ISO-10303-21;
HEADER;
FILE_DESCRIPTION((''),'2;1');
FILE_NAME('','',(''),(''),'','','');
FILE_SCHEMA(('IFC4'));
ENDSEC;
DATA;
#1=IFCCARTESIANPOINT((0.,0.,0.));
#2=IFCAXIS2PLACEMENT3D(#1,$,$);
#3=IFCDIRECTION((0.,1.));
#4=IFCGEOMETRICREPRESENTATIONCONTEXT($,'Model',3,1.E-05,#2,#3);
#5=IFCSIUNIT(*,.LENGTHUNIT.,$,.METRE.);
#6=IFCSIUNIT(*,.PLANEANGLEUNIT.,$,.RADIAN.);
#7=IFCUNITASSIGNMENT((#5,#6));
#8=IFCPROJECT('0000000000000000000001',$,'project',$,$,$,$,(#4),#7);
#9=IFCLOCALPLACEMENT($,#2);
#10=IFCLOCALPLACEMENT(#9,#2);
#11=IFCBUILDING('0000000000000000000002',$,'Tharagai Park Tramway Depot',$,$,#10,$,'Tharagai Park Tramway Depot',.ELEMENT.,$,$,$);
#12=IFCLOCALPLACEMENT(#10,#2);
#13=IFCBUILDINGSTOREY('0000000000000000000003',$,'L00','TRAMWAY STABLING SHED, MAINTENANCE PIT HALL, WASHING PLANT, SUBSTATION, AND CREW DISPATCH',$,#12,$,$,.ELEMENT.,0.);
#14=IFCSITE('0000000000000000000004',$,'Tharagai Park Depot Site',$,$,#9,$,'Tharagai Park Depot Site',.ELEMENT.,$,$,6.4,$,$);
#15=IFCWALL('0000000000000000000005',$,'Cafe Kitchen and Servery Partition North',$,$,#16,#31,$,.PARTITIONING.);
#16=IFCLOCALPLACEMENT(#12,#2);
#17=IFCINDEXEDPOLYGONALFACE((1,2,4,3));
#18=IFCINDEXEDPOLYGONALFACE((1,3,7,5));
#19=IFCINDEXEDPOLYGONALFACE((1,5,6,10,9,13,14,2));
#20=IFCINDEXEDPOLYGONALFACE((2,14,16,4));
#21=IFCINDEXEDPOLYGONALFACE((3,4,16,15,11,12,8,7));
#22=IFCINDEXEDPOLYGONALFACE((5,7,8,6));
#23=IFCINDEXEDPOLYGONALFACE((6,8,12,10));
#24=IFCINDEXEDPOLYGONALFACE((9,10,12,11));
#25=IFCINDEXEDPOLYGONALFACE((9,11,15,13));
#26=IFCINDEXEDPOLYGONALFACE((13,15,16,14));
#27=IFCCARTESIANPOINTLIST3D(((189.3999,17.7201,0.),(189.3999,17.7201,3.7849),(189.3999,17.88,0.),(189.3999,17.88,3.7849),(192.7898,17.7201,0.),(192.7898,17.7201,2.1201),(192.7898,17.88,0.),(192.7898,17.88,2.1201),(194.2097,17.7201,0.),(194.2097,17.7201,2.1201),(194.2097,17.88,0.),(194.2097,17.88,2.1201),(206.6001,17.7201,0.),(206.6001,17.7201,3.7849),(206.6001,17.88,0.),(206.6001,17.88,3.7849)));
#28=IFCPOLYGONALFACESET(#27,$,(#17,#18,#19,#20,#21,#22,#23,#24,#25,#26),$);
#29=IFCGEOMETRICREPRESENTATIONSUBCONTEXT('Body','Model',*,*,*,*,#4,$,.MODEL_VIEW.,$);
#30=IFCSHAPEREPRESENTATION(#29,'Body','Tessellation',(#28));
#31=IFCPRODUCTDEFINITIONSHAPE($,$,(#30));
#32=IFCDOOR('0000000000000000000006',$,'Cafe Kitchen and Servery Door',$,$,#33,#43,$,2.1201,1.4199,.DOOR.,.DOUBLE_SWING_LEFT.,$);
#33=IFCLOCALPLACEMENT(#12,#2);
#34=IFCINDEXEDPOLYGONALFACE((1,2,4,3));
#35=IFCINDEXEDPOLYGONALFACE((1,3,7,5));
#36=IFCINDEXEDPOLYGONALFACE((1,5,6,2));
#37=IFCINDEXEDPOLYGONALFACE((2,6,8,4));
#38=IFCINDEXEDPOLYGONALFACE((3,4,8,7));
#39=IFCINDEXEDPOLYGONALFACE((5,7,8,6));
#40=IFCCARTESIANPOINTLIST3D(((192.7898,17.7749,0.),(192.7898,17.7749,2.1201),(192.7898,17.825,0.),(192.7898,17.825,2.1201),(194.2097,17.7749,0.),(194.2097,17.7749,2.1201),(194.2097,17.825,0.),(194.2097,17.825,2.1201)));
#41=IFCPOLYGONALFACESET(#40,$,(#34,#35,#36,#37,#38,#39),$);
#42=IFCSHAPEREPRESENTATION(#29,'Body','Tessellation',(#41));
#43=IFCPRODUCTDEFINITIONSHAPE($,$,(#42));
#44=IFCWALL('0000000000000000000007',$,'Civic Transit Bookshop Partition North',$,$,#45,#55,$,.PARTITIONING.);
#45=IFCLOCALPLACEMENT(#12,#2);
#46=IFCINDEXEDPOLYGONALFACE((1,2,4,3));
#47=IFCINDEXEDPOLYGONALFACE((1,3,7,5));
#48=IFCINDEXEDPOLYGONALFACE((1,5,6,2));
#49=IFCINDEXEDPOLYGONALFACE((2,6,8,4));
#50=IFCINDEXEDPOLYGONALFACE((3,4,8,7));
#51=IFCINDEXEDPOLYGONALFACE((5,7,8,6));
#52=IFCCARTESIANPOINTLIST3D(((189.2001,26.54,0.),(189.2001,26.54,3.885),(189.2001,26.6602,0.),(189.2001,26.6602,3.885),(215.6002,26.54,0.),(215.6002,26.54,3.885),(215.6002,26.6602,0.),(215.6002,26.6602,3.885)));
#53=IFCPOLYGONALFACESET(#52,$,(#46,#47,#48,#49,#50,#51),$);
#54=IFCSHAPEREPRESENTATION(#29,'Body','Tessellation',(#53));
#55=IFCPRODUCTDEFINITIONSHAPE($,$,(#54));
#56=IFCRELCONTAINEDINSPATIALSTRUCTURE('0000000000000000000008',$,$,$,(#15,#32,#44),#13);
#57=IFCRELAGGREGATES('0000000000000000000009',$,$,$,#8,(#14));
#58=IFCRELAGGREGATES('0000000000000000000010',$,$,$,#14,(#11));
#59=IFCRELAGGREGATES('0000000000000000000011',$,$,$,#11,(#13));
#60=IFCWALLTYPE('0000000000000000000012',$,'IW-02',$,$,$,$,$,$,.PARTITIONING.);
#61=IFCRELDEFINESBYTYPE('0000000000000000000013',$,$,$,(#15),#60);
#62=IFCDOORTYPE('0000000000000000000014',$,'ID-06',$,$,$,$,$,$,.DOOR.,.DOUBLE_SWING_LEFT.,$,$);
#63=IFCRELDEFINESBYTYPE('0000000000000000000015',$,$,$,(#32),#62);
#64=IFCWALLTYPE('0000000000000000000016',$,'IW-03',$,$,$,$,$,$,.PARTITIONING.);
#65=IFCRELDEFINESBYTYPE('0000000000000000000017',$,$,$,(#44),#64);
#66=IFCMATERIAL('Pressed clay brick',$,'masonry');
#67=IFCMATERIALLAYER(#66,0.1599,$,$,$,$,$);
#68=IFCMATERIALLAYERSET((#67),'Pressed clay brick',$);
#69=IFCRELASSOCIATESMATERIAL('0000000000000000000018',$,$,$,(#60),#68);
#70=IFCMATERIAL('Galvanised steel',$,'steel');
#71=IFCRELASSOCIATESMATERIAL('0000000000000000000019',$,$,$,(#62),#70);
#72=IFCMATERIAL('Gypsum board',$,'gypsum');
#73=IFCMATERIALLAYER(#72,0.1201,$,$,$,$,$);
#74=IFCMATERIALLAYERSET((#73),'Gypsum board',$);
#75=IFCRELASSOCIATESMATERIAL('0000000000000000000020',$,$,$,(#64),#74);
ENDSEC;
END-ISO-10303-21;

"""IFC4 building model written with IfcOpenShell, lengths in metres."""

from ifc_helpers import new_model, si_unit, direction, frame, frame_2d, origin, place, context, subcontext, project, spatial, rectangle, extrude, material, layer, layer_set, type_object, element, fill, save


model = new_model("IFC4")

# Units and contexts
model_context = context("Model", 3, precision=1e-05, world=origin(), true_north=direction((0.0, 1.0)))
body_context = subcontext(model_context, "Body", "Model", "MODEL_VIEW")
ifc_project = project(units=[si_unit("LENGTHUNIT", "METRE"), si_unit("PLANEANGLEUNIT", "RADIAN")], contexts=[model_context])

# Site, building, storey
site_placement = place(None, origin())
site = spatial("IfcSite", under=ifc_project, at=site_placement, Name="Tharagai Park Depot Site", LongName="Tharagai Park Depot Site", CompositionType="ELEMENT", RefElevation=6.4)
building_placement = place(site_placement, origin())
building = spatial("IfcBuilding", under=site, at=building_placement, Name="Tharagai Park Tramway Depot", LongName="Tharagai Park Tramway Depot", CompositionType="ELEMENT")
storey_placement = place(building_placement, origin())
storey = spatial("IfcBuildingStorey", under=building, at=storey_placement, Name="L00", Description="TRAMWAY STABLING SHED, MAINTENANCE PIT HALL, WASHING PLANT, SUBSTATION, AND CREW DISPATCH", CompositionType="ELEMENT", Elevation=0.0)

# Wall, opening, door
ifc_material_1 = material(Name="Pressed clay brick", Category="masonry")
ifc_layer_1 = layer(ifc_material_1, 0.1599)
ifc_layer_set_1 = layer_set([ifc_layer_1], Name="Pressed clay brick")
wall_type_1 = type_object("IfcWallType", Name="IW-02", PredefinedType="PARTITIONING", material=ifc_layer_set_1)
wall_1_placement = place(storey_placement, frame((189.3999, 17.8, 0.0), z_axis=(0.0, 0.0, 1.0), x_axis=(1.0, 0.0, 0.0)))
wall_1 = element("IfcWall", 1, at=wall_1_placement, inside=storey, type_object=wall_type_1, Name="Cafe Kitchen and Servery Partition North", PredefinedType="PARTITIONING", context=body_context, shape_type="SweptSolid", body=[
    extrude(rectangle(XDim=17.2002, YDim=0.1599, at=frame_2d((8.6001, 0.0))), origin(), (0.0, 0.0, 1.0), 3.7849),
])
opening_placement = place(wall_1_placement, frame((3.3899, 0.0, 0.0)))
opening = element("IfcOpeningElement", 2, at=opening_placement, cuts=wall_1, PredefinedType="OPENING", context=body_context, shape_type="SweptSolid", body=[
    extrude(rectangle(XDim=1.4199, YDim=2.1201, at=frame_2d((0.71, 1.0601))), frame((0.0, 0.0898, 0.0), z_axis=(0.0, -1.0, 0.0), x_axis=(1.0, 0.0, 0.0)), (0.0, 0.0, 1.0), 0.1799),
])
ifc_material_2 = material(Name="Galvanised steel", Category="steel")
door_type = type_object("IfcDoorType", Name="ID-06", OperationType="DOUBLE_SWING_LEFT", PredefinedType="DOOR", material=ifc_material_2)
door_placement = place(opening_placement, origin())
door = element("IfcDoor", 3, at=door_placement, inside=storey, type_object=door_type, Name="Cafe Kitchen and Servery Door", OperationType="DOUBLE_SWING_LEFT", OverallHeight=2.1201, OverallWidth=1.4199, PredefinedType="DOOR", context=body_context, shape_type="SweptSolid", body=[
    extrude(rectangle(XDim=1.4199, YDim=2.1201, at=frame_2d((0.71, 1.0601))), frame((0.0, 0.0249, 0.0), z_axis=(0.0, -1.0, 0.0), x_axis=(1.0, 0.0, 0.0)), (0.0, 0.0, 1.0), 0.05),
])
fill(opening, door)

# Wall
ifc_material_3 = material(Name="Gypsum board", Category="gypsum")
ifc_layer_2 = layer(ifc_material_3, 0.1201)
ifc_layer_set_2 = layer_set([ifc_layer_2], Name="Gypsum board")
wall_type_2 = type_object("IfcWallType", Name="IW-03", PredefinedType="PARTITIONING", material=ifc_layer_set_2)
wall_2_placement = place(storey_placement, frame((189.2, 26.6001, 0.0), z_axis=(0.0, 0.0, 1.0), x_axis=(1.0, 0.0, 0.0)))
element("IfcWall", 4, at=wall_2_placement, inside=storey, type_object=wall_type_2, Name="Civic Transit Bookshop Partition North", PredefinedType="PARTITIONING", context=body_context, shape_type="SweptSolid", body=[
    extrude(rectangle(XDim=26.4001, YDim=0.1201, at=frame_2d((13.2002, 0.0))), origin(), (0.0, 0.0, 1.0), 3.885),
])

save(model, "model.ifc")
